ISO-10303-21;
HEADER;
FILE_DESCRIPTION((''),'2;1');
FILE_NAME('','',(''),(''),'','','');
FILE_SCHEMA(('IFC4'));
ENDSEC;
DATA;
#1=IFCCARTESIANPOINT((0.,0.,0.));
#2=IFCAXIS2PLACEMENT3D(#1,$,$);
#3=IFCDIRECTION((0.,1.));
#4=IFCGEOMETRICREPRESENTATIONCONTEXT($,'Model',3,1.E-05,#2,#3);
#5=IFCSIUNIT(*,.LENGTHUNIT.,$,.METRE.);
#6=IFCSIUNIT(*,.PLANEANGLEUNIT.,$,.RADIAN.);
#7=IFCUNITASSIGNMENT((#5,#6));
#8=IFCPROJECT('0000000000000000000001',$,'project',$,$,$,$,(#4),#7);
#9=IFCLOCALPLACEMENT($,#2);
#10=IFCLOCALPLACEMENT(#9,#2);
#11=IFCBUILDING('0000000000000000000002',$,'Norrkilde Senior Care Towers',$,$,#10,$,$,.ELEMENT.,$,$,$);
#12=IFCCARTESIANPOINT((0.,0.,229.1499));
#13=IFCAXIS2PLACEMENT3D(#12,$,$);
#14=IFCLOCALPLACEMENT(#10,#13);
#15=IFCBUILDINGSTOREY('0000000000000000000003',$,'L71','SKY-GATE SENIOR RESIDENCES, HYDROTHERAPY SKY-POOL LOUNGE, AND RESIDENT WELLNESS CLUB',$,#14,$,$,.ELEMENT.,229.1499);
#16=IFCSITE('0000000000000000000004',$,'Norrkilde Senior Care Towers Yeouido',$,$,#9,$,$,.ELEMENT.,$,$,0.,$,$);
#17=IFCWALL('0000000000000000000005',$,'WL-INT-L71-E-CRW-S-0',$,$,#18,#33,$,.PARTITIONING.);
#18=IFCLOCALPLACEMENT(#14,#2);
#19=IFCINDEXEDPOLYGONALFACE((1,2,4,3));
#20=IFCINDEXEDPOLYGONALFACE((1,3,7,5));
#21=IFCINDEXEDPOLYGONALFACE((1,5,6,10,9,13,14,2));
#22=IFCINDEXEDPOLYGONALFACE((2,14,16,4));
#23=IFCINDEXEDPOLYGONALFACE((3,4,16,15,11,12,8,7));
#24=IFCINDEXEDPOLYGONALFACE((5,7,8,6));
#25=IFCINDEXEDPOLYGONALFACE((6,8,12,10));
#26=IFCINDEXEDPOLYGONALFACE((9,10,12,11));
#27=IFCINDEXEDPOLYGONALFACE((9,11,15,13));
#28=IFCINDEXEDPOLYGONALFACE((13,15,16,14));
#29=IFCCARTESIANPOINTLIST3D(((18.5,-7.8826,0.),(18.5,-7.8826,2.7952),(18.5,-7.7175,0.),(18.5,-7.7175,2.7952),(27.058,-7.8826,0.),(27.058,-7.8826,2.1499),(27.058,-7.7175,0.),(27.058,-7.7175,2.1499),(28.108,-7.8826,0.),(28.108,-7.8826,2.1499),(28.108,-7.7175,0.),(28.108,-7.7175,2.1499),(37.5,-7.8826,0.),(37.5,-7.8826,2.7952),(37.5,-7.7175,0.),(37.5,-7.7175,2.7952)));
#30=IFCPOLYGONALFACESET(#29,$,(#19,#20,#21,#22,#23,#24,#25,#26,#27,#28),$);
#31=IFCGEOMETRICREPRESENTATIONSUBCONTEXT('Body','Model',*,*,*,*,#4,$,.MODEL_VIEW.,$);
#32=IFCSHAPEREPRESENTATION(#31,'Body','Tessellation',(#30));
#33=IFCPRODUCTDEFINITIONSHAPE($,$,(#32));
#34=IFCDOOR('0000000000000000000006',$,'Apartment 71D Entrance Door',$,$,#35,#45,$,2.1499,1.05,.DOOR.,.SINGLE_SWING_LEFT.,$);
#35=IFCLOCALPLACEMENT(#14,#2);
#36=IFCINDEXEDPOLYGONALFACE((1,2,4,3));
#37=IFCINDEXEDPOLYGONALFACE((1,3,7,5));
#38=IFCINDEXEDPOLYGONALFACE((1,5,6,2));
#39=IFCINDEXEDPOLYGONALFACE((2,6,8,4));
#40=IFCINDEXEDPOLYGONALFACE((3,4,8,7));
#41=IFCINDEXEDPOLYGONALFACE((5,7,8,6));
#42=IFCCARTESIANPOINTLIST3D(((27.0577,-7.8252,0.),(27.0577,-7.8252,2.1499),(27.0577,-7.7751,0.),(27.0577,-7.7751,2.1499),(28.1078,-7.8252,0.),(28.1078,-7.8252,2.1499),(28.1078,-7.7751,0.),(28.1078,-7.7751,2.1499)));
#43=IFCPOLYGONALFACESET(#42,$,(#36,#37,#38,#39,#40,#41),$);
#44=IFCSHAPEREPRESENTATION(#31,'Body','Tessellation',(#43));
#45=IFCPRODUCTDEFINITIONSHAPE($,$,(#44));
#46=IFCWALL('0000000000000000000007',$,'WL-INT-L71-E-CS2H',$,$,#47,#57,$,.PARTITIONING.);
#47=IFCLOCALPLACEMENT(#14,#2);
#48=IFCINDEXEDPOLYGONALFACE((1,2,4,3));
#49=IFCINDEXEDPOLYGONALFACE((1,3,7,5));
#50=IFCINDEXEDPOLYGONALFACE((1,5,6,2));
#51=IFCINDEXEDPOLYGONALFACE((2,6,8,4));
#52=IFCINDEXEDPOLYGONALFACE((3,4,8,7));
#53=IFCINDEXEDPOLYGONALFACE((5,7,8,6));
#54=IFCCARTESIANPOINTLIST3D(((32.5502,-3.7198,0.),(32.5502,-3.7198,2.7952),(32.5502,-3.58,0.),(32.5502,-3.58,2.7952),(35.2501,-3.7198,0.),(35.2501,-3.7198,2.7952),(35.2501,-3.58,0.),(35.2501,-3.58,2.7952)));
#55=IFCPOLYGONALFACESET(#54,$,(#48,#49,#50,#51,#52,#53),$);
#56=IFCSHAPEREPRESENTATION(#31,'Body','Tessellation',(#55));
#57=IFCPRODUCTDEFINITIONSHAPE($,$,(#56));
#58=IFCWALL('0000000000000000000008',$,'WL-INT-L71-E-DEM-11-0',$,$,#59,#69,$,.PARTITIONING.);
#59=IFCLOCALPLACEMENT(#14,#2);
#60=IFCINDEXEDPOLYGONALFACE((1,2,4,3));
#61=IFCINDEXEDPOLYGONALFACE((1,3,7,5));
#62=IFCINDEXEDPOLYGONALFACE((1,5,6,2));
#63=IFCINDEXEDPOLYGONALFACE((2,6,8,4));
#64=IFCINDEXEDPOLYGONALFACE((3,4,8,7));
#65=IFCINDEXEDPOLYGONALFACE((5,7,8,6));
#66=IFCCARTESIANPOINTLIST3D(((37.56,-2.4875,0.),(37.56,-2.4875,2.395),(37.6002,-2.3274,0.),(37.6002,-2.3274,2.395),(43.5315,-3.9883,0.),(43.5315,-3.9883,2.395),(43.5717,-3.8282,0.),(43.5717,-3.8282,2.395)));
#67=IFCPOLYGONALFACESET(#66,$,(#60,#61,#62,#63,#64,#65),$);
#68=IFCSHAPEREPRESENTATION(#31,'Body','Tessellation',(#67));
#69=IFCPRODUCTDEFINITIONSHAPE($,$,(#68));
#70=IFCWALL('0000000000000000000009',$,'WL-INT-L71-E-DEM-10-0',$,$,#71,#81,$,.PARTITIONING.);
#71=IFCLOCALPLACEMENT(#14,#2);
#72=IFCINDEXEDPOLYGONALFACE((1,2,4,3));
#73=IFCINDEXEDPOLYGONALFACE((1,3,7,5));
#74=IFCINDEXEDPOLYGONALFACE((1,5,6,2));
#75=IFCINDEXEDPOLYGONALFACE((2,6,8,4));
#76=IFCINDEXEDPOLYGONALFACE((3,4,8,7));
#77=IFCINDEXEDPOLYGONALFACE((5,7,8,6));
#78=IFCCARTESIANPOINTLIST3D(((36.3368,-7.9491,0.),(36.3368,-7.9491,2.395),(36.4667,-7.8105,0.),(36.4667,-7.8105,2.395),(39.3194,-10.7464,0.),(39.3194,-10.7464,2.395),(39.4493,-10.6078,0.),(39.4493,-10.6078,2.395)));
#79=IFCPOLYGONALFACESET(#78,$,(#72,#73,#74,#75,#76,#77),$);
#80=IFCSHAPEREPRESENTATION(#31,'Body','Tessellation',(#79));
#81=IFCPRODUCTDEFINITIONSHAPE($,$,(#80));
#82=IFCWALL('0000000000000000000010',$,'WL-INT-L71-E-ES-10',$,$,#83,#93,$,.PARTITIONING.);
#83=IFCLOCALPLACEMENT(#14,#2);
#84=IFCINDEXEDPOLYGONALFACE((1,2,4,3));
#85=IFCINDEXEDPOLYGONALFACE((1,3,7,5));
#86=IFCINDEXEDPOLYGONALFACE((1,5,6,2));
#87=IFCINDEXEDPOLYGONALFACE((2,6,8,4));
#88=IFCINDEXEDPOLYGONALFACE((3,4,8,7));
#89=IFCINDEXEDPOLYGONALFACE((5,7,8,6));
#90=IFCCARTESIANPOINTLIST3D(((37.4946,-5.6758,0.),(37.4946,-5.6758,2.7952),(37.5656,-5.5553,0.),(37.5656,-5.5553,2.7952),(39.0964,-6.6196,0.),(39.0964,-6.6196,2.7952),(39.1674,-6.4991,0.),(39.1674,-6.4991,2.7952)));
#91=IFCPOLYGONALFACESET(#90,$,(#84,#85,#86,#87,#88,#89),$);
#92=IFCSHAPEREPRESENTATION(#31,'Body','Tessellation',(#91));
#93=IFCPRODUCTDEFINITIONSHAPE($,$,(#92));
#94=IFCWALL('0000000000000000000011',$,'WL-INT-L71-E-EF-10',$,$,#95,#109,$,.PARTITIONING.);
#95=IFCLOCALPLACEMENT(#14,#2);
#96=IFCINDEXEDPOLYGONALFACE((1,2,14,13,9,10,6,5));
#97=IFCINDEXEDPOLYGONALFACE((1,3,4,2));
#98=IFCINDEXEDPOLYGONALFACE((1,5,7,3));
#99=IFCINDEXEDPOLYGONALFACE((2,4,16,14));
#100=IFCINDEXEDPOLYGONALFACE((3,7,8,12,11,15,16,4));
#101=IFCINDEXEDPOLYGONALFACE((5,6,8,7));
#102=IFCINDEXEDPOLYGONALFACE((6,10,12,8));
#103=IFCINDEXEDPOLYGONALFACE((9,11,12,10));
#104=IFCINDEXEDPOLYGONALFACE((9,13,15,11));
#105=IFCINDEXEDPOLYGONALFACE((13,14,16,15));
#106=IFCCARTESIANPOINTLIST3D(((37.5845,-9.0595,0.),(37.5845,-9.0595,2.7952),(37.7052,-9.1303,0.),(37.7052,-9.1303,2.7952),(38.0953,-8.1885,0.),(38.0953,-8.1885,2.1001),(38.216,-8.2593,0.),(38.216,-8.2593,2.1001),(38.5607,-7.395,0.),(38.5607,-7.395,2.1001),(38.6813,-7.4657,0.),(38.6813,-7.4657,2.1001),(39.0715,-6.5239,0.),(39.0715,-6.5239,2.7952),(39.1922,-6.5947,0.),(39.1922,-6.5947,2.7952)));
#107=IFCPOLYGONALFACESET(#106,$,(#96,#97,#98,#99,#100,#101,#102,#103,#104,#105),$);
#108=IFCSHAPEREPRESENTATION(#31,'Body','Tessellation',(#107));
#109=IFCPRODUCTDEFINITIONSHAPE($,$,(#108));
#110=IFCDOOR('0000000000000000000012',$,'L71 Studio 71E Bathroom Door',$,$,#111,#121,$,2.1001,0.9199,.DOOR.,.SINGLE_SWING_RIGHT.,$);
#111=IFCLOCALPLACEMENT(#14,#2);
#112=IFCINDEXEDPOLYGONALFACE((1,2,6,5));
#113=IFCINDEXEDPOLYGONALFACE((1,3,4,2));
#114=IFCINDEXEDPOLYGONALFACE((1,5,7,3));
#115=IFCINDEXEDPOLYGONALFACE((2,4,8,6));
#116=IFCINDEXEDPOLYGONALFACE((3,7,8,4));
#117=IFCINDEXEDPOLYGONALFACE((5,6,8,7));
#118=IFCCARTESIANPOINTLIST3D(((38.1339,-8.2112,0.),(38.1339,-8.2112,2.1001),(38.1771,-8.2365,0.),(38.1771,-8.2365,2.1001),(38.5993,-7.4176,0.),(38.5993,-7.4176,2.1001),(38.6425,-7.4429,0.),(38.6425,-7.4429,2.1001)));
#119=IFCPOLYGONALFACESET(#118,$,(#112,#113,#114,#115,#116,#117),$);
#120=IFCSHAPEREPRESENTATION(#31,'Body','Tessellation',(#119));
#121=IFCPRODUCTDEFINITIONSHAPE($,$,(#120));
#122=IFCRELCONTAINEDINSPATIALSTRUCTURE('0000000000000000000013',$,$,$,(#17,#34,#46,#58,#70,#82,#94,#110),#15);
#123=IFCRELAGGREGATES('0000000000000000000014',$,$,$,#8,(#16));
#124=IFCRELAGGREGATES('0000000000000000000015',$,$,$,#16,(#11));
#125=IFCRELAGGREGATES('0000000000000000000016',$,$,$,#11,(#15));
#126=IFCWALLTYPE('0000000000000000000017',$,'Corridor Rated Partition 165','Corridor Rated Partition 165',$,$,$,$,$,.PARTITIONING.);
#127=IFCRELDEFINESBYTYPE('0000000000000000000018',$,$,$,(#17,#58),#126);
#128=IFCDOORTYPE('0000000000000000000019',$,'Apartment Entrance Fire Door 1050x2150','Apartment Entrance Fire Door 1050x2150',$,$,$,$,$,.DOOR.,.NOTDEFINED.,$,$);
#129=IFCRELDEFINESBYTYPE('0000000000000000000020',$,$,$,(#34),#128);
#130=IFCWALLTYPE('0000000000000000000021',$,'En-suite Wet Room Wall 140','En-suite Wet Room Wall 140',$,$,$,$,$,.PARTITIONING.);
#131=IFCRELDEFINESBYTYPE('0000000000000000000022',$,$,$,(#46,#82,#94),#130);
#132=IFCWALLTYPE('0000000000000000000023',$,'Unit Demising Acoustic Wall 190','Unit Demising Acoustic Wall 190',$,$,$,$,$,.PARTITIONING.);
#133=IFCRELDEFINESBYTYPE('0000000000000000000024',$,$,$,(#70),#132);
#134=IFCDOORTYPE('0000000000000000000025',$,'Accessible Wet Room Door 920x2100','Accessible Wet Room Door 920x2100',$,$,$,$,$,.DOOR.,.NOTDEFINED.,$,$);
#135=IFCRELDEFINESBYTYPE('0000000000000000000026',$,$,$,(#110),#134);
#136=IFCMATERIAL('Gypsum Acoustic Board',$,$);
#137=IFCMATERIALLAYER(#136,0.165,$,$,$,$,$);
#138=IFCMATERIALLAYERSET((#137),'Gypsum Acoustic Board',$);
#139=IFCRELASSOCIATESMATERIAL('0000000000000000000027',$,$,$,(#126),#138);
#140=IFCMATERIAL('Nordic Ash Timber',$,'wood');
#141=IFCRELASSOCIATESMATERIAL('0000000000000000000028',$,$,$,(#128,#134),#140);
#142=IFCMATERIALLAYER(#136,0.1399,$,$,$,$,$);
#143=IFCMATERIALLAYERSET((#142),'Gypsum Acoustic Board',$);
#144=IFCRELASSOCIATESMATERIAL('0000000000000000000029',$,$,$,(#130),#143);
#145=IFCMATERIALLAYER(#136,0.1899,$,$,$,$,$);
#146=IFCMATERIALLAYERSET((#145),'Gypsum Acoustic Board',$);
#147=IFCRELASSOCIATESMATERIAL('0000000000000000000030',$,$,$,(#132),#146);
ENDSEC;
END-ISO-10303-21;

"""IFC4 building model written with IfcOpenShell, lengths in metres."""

from ifc_helpers import new_model, si_unit, direction, frame, frame_2d, origin, place, context, subcontext, project, spatial, rectangle, extrude, source, transform, mapped, material, layer, layer_set, type_object, type_shapes, element, fill, save


model = new_model("IFC4")

# Units and contexts
model_context = context("Model", 3, precision=1e-05, world=origin(), true_north=direction((0.0, 1.0)))
body_context = subcontext(model_context, "Body", "Model", "MODEL_VIEW")
ifc_project = project(units=[si_unit("LENGTHUNIT", "METRE"), si_unit("PLANEANGLEUNIT", "RADIAN")], contexts=[model_context])

# Site, building, storey
site_placement = place(None, origin())
site = spatial("IfcSite", under=ifc_project, at=site_placement, Name="Norrkilde Senior Care Towers Yeouido", CompositionType="ELEMENT", RefElevation=0.0)
building_placement = place(site_placement, origin())
building = spatial("IfcBuilding", under=site, at=building_placement, Name="Norrkilde Senior Care Towers", CompositionType="ELEMENT")
storey_placement = place(building_placement, frame((0.0, 0.0, 229.1499)))
storey = spatial("IfcBuildingStorey", under=building, at=storey_placement, Name="L71", Description="SKY-GATE SENIOR RESIDENCES, HYDROTHERAPY SKY-POOL LOUNGE, AND RESIDENT WELLNESS CLUB", CompositionType="ELEMENT", Elevation=229.1499)

# Wall, opening, door
ifc_material_1 = material(Name="Gypsum Acoustic Board")
ifc_layer_1 = layer(ifc_material_1, 0.165)
ifc_layer_set_1 = layer_set([ifc_layer_1], Name="Gypsum Acoustic Board")
wall_type_1 = type_object("IfcWallType", Name="Corridor Rated Partition 165", Description="Corridor Rated Partition 165", PredefinedType="PARTITIONING", material=ifc_layer_set_1)
shared_shape_1 = source(origin(), body_context, "Body", "SweptSolid", [
    extrude(rectangle(XDim=19.0, YDim=0.165, at=frame_2d((9.5, 0.0))), origin(), (0.0, 0.0, 1.0), 2.7952),
])
wall_1_placement = place(storey_placement, frame((37.5, -7.8, 0.0), z_axis=(0.0, 0.0, 1.0), x_axis=(-1.0, 0.0, 0.0)))
wall_1 = element("IfcWall", 1, at=wall_1_placement, inside=storey, type_object=wall_type_1, Name="WL-INT-L71-E-CRW-S-0", PredefinedType="PARTITIONING", context=body_context, shape_type="MappedRepresentation", body=[
    mapped(shared_shape_1, transform((0.0, 0.0, 0.0), x_axis=(1.0, 0.0, 0.0), y_axis=(0.0, 1.0, 0.0), z_axis=(0.0, 0.0, 1.0), scale=1.0)),
])
opening_1_placement = place(wall_1_placement, frame((9.3921, 0.0, 0.0)))
opening_1 = element("IfcOpeningElement", 2, at=opening_1_placement, cuts=wall_1, PredefinedType="OPENING", context=body_context, shape_type="SweptSolid", body=[
    extrude(rectangle(XDim=1.05, YDim=2.1499, at=frame_2d((0.5249, 1.075))), frame((0.0, 0.0925, 0.0), z_axis=(0.0, -1.0, 0.0), x_axis=(1.0, 0.0, 0.0)), (0.0, 0.0, 1.0), 0.1851),
])
ifc_material_2 = material(Name="Nordic Ash Timber", Category="wood")
door_type_1 = type_object("IfcDoorType", Name="Apartment Entrance Fire Door 1050x2150", Description="Apartment Entrance Fire Door 1050x2150", OperationType="NOTDEFINED", PredefinedType="DOOR", material=ifc_material_2)
shared_shape_2 = source(origin(), body_context, "Body", "SweptSolid", [
    extrude(rectangle(XDim=1.05, YDim=2.1499, at=frame_2d((0.5249, 1.075))), frame((0.0, 0.0249, 0.0), z_axis=(0.0, -1.0, 0.0), x_axis=(1.0, 0.0, 0.0)), (0.0, 0.0, 1.0), 0.05),
])
type_shapes(door_type_1, [shared_shape_2])
door_1_placement = place(opening_1_placement, frame((1.05, 0.0, 0.0), z_axis=(0.0, 0.0, 1.0), x_axis=(-1.0, 0.0, 0.0)))
door_1 = element("IfcDoor", 3, at=door_1_placement, inside=storey, type_object=door_type_1, Name="Apartment 71D Entrance Door", OperationType="SINGLE_SWING_LEFT", OverallHeight=2.1499, OverallWidth=1.05, PredefinedType="DOOR", context=body_context, shape_type="MappedRepresentation", body=[
    mapped(shared_shape_2, transform((0.0, 0.0, 0.0), x_axis=(1.0, 0.0, 0.0), y_axis=(0.0, 1.0, 0.0), z_axis=(0.0, 0.0, 1.0), scale=1.0)),
])
fill(opening_1, door_1)

# Walls
ifc_layer_2 = layer(ifc_material_1, 0.1399)
ifc_layer_set_2 = layer_set([ifc_layer_2], Name="Gypsum Acoustic Board")
wall_type_2 = type_object("IfcWallType", Name="En-suite Wet Room Wall 140", Description="En-suite Wet Room Wall 140", PredefinedType="PARTITIONING", material=ifc_layer_set_2)
shared_shape_3 = source(origin(), body_context, "Body", "SweptSolid", [
    extrude(rectangle(XDim=2.7, YDim=0.1399, at=frame_2d((1.3501, 0.0))), origin(), (0.0, 0.0, 1.0), 2.7952),
])
wall_2_placement = place(storey_placement, frame((32.55, -3.6499, 0.0), z_axis=(0.0, 0.0, 1.0), x_axis=(1.0, 0.0, 0.0)))
element("IfcWall", 4, at=wall_2_placement, inside=storey, type_object=wall_type_2, Name="WL-INT-L71-E-CS2H", PredefinedType="PARTITIONING", context=body_context, shape_type="MappedRepresentation", body=[
    mapped(shared_shape_3, transform((0.0, 0.0, 0.0), x_axis=(1.0, 0.0, 0.0), y_axis=(0.0, 1.0, 0.0), z_axis=(0.0, 0.0, 1.0), scale=1.0)),
])
shared_shape_4 = source(origin(), body_context, "Body", "SweptSolid", [
    extrude(rectangle(XDim=6.1572, YDim=0.165, at=frame_2d((3.0786, 0.0))), origin(), (0.0, 0.0, 1.0), 2.395),
])
wall_3_placement = place(storey_placement, frame((37.5801, -2.4075, 0.0), z_axis=(0.0, 0.0, 1.0), x_axis=(0.969841, -0.243739, 0.0)))
element("IfcWall", 5, at=wall_3_placement, inside=storey, type_object=wall_type_1, Name="WL-INT-L71-E-DEM-11-0", PredefinedType="PARTITIONING", context=body_context, shape_type="MappedRepresentation", body=[
    mapped(shared_shape_4, transform((0.0, 0.0, 0.0), x_axis=(1.0, 0.0, 0.0), y_axis=(0.0, 1.0, 0.0), z_axis=(0.0, 0.0, 1.0), scale=1.0)),
])
ifc_layer_3 = layer(ifc_material_1, 0.1899)
ifc_layer_set_3 = layer_set([ifc_layer_3], Name="Gypsum Acoustic Board")
wall_type_3 = type_object("IfcWallType", Name="Unit Demising Acoustic Wall 190", Description="Unit Demising Acoustic Wall 190", PredefinedType="PARTITIONING", material=ifc_layer_set_3)
shared_shape_5 = source(origin(), body_context, "Body", "SweptSolid", [
    extrude(rectangle(XDim=4.0891, YDim=0.1899, at=frame_2d((2.0444, 0.0))), origin(), (0.0, 0.0, 1.0), 2.395),
])
type_shapes(wall_type_3, [shared_shape_5])
wall_4_placement = place(storey_placement, frame((36.4019, -7.8799, 0.0), z_axis=(0.0, 0.0, 1.0), x_axis=(0.729401, -0.684086, 0.0)))
element("IfcWall", 6, at=wall_4_placement, inside=storey, type_object=wall_type_3, Name="WL-INT-L71-E-DEM-10-0", PredefinedType="PARTITIONING", context=body_context, shape_type="MappedRepresentation", body=[
    mapped(shared_shape_5, transform((0.0, 0.0, 0.0), x_axis=(1.0, 0.0, 0.0), y_axis=(0.0, 1.0, 0.0), z_axis=(0.0, 0.0, 1.0), scale=1.0)),
])
shared_shape_6 = source(origin(), body_context, "Body", "SweptSolid", [
    extrude(rectangle(XDim=1.8591, YDim=0.1399, at=frame_2d((0.9297, 0.0))), origin(), (0.0, 0.0, 1.0), 2.7952),
])
wall_5_placement = place(storey_placement, frame((37.53, -5.6155, 0.0), z_axis=(0.0, 0.0, 1.0), x_axis=(0.861556, -0.507663, 0.0)))
element("IfcWall", 7, at=wall_5_placement, inside=storey, type_object=wall_type_2, Name="WL-INT-L71-E-ES-10", PredefinedType="PARTITIONING", context=body_context, shape_type="MappedRepresentation", body=[
    mapped(shared_shape_6, transform((0.0, 0.0, 0.0), x_axis=(1.0, 0.0, 0.0), y_axis=(0.0, 1.0, 0.0), z_axis=(0.0, 0.0, 1.0), scale=1.0)),
])

# Wall, opening, door
shared_shape_7 = source(origin(), body_context, "Body", "SweptSolid", [
    extrude(rectangle(XDim=2.9395, YDim=0.1399, at=frame_2d((1.4697, 0.0))), origin(), (0.0, 0.0, 1.0), 2.7952),
])
type_shapes(wall_type_2, [shared_shape_3, shared_shape_6, shared_shape_7])
wall_6_placement = place(storey_placement, frame((39.1318, -6.5593, 0.0), z_axis=(0.0, 0.0, 1.0), x_axis=(-0.505884, -0.862602, 0.0)))
wall_6 = element("IfcWall", 8, at=wall_6_placement, inside=storey, type_object=wall_type_2, Name="WL-INT-L71-E-EF-10", PredefinedType="PARTITIONING", context=body_context, shape_type="MappedRepresentation", body=[
    mapped(shared_shape_7, transform((0.0, 0.0, 0.0), x_axis=(1.0, 0.0, 0.0), y_axis=(0.0, 1.0, 0.0), z_axis=(0.0, 0.0, 1.0), scale=1.0)),
])
opening_2_placement = place(wall_6_placement, frame((1.0098, 0.0, 0.0)))
opening_2 = element("IfcOpeningElement", 9, at=opening_2_placement, cuts=wall_6, PredefinedType="OPENING", context=body_context, shape_type="SweptSolid", body=[
    extrude(rectangle(XDim=0.9199, YDim=2.1001, at=frame_2d((0.46, 1.05))), frame((0.0, 0.0798, 0.0), z_axis=(0.0, -1.0, 0.0), x_axis=(1.0, 0.0, 0.0)), (0.0, 0.0, 1.0), 0.1599),
])
door_type_2 = type_object("IfcDoorType", Name="Accessible Wet Room Door 920x2100", Description="Accessible Wet Room Door 920x2100", OperationType="NOTDEFINED", PredefinedType="DOOR", material=ifc_material_2)
shared_shape_8 = source(origin(), body_context, "Body", "SweptSolid", [
    extrude(rectangle(XDim=0.9199, YDim=2.1001, at=frame_2d((0.46, 1.05))), frame((0.0, 0.0249, 0.0), z_axis=(0.0, -1.0, 0.0), x_axis=(1.0, 0.0, 0.0)), (0.0, 0.0, 1.0), 0.05),
])
type_shapes(door_type_2, [shared_shape_8])
door_2_placement = place(opening_2_placement, origin())
door_2 = element("IfcDoor", 10, at=door_2_placement, inside=storey, type_object=door_type_2, Name="L71 Studio 71E Bathroom Door", OperationType="SINGLE_SWING_RIGHT", OverallHeight=2.1001, OverallWidth=0.9199, PredefinedType="DOOR", context=body_context, shape_type="MappedRepresentation", body=[
    mapped(shared_shape_8, transform((0.0, 0.0, 0.0), x_axis=(1.0, 0.0, 0.0), y_axis=(0.0, 1.0, 0.0), z_axis=(0.0, 0.0, 1.0), scale=1.0)),
])
fill(opening_2, door_2)

save(model, "model.ifc")
